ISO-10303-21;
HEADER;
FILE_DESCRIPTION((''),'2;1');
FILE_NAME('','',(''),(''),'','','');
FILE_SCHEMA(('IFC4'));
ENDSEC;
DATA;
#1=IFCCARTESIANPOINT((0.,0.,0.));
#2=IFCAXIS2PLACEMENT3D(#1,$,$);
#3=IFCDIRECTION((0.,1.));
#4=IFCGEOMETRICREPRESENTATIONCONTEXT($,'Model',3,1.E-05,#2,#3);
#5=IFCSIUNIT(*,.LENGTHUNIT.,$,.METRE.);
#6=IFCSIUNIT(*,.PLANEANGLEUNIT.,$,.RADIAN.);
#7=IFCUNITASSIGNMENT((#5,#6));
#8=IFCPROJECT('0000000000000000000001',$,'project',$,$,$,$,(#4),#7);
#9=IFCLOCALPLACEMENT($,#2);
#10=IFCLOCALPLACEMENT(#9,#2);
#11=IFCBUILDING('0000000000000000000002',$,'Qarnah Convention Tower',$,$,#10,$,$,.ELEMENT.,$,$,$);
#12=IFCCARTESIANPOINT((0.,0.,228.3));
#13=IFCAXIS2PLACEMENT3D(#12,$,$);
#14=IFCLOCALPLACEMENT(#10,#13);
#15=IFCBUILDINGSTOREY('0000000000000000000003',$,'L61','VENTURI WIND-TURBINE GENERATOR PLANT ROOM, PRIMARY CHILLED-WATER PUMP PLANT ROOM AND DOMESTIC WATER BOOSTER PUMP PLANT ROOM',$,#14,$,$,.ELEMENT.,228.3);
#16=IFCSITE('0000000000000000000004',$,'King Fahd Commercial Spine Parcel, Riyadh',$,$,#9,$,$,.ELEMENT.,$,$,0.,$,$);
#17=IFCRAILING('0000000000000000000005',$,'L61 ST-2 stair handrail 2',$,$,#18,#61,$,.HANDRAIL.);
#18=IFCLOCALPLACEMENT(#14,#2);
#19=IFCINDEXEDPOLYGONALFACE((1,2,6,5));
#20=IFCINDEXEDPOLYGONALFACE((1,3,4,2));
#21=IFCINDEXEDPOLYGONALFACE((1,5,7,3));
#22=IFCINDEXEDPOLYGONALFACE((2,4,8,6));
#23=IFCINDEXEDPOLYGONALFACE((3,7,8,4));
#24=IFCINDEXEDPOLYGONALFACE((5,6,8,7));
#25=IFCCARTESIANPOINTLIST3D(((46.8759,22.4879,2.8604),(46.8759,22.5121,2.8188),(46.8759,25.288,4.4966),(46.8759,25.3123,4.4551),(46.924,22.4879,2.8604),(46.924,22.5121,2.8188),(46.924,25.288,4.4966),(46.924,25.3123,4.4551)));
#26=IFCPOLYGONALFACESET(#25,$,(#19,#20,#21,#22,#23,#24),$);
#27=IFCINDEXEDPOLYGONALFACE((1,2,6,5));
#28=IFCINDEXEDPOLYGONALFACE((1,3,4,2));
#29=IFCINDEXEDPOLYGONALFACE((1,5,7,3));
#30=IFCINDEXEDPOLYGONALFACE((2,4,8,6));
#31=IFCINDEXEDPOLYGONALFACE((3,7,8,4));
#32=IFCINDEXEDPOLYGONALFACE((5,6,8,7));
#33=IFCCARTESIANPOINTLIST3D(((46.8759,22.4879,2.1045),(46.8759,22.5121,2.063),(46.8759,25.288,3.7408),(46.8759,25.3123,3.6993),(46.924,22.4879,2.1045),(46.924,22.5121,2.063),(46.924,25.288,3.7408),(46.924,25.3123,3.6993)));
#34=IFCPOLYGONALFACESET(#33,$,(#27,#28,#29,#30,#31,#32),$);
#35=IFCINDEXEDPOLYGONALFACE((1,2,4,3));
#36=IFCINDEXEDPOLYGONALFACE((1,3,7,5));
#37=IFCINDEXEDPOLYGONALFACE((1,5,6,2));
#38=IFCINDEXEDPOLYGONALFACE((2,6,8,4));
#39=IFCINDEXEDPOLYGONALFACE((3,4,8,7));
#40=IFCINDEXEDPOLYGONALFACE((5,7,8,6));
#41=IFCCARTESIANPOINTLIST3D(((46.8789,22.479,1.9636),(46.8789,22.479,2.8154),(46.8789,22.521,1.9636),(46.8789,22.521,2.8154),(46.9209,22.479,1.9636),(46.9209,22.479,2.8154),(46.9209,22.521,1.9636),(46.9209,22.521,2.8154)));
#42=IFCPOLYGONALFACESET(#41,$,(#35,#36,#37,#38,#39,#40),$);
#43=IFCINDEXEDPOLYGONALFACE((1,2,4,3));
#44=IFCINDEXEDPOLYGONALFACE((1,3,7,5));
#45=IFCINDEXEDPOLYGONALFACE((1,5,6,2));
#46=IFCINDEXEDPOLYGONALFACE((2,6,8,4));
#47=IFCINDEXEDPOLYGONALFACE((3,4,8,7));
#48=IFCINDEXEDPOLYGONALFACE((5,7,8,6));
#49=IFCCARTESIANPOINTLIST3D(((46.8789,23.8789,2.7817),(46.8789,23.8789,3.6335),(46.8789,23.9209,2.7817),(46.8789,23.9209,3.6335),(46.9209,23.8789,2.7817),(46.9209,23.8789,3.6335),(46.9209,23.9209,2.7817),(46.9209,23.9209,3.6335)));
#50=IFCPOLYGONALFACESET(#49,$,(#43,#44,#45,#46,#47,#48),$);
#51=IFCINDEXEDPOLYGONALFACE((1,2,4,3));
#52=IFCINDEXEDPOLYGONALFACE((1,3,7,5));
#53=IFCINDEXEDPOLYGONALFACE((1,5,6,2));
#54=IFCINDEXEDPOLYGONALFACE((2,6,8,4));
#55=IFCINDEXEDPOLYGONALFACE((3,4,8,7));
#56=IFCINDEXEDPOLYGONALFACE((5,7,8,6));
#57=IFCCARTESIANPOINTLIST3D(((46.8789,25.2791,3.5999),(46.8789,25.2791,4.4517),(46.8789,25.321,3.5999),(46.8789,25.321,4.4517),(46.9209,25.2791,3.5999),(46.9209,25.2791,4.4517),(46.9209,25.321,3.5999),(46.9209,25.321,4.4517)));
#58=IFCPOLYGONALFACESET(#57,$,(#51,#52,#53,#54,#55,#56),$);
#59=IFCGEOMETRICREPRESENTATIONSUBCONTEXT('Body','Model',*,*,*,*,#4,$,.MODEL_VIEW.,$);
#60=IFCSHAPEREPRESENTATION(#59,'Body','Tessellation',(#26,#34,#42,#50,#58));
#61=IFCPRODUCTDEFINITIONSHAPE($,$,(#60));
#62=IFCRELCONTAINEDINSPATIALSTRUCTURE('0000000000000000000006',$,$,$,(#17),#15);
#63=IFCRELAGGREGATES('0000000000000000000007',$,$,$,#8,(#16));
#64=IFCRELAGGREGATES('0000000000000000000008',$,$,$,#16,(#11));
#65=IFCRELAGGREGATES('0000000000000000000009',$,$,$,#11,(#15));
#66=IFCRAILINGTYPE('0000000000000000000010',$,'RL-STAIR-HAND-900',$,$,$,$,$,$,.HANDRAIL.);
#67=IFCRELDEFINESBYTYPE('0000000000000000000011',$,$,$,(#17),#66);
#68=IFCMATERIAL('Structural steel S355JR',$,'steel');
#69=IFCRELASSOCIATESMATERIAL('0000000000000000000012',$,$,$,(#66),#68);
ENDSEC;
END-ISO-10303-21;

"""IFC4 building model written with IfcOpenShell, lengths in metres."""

from ifc_helpers import new_model, si_unit, direction, frame, origin, origin_2d, place, context, subcontext, project, spatial, rectangle, extrude, material, type_object, element, save


model = new_model("IFC4")

# Units and contexts
model_context = context("Model", 3, precision=1e-05, world=origin(), true_north=direction((0.0, 1.0)))
body_context = subcontext(model_context, "Body", "Model", "MODEL_VIEW")
ifc_project = project(units=[si_unit("LENGTHUNIT", "METRE"), si_unit("PLANEANGLEUNIT", "RADIAN")], contexts=[model_context])

# Site, building, storey
site_placement = place(None, origin())
site = spatial("IfcSite", under=ifc_project, at=site_placement, Name="King Fahd Commercial Spine Parcel, Riyadh", CompositionType="ELEMENT", RefElevation=0.0)
building_placement = place(site_placement, origin())
building = spatial("IfcBuilding", under=site, at=building_placement, Name="Qarnah Convention Tower", CompositionType="ELEMENT")
storey_placement = place(building_placement, frame((0.0, 0.0, 228.3)))
storey = spatial("IfcBuildingStorey", under=building, at=storey_placement, Name="L61", Description="VENTURI WIND-TURBINE GENERATOR PLANT ROOM, PRIMARY CHILLED-WATER PUMP PLANT ROOM AND DOMESTIC WATER BOOSTER PUMP PLANT ROOM", CompositionType="ELEMENT", Elevation=228.3)

# Shared definitions
ifc_material_1 = material(Name="Structural steel S355JR", Category="steel")

# Railing
railing_type_1 = type_object("IfcRailingType", Name="RL-STAIR-HAND-900", PredefinedType="HANDRAIL", material=ifc_material_1)
railing_1_placement = place(storey_placement, frame((46.8999, 22.5, 1.9636)))
element("IfcRailing", 1, at=railing_1_placement, inside=storey, type_object=railing_type_1, Name="L61 ST-2 stair handrail 2", PredefinedType="HANDRAIL", context=body_context, shape_type="SweptSolid", body=[
    extrude(rectangle(XDim=0.0481, YDim=0.0481, at=origin_2d()), frame((0.0, 0.0, 0.876), z_axis=(0.0, 0.863394, 0.504531), x_axis=(-1.0, 0.0, 0.0)), (0.0, 0.0, 1.0), 3.2432),
    extrude(rectangle(XDim=0.0481, YDim=0.0481, at=origin_2d()), frame((0.0, 0.0, 0.1201), z_axis=(0.0, 0.863394, 0.504531), x_axis=(-1.0, 0.0, 0.0)), (0.0, 0.0, 1.0), 3.2432),
    extrude(rectangle(XDim=0.042, YDim=0.042, at=origin_2d()), origin(), (0.0, 0.0, 1.0), 0.8518),
    extrude(rectangle(XDim=0.042, YDim=0.042, at=origin_2d()), frame((0.0, 1.3999, 0.8181)), (0.0, 0.0, 1.0), 0.8518),
    extrude(rectangle(XDim=0.042, YDim=0.042, at=origin_2d()), frame((0.0, 2.8, 1.6362)), (0.0, 0.0, 1.0), 0.8518),
])

save(model, "model.ifc")
